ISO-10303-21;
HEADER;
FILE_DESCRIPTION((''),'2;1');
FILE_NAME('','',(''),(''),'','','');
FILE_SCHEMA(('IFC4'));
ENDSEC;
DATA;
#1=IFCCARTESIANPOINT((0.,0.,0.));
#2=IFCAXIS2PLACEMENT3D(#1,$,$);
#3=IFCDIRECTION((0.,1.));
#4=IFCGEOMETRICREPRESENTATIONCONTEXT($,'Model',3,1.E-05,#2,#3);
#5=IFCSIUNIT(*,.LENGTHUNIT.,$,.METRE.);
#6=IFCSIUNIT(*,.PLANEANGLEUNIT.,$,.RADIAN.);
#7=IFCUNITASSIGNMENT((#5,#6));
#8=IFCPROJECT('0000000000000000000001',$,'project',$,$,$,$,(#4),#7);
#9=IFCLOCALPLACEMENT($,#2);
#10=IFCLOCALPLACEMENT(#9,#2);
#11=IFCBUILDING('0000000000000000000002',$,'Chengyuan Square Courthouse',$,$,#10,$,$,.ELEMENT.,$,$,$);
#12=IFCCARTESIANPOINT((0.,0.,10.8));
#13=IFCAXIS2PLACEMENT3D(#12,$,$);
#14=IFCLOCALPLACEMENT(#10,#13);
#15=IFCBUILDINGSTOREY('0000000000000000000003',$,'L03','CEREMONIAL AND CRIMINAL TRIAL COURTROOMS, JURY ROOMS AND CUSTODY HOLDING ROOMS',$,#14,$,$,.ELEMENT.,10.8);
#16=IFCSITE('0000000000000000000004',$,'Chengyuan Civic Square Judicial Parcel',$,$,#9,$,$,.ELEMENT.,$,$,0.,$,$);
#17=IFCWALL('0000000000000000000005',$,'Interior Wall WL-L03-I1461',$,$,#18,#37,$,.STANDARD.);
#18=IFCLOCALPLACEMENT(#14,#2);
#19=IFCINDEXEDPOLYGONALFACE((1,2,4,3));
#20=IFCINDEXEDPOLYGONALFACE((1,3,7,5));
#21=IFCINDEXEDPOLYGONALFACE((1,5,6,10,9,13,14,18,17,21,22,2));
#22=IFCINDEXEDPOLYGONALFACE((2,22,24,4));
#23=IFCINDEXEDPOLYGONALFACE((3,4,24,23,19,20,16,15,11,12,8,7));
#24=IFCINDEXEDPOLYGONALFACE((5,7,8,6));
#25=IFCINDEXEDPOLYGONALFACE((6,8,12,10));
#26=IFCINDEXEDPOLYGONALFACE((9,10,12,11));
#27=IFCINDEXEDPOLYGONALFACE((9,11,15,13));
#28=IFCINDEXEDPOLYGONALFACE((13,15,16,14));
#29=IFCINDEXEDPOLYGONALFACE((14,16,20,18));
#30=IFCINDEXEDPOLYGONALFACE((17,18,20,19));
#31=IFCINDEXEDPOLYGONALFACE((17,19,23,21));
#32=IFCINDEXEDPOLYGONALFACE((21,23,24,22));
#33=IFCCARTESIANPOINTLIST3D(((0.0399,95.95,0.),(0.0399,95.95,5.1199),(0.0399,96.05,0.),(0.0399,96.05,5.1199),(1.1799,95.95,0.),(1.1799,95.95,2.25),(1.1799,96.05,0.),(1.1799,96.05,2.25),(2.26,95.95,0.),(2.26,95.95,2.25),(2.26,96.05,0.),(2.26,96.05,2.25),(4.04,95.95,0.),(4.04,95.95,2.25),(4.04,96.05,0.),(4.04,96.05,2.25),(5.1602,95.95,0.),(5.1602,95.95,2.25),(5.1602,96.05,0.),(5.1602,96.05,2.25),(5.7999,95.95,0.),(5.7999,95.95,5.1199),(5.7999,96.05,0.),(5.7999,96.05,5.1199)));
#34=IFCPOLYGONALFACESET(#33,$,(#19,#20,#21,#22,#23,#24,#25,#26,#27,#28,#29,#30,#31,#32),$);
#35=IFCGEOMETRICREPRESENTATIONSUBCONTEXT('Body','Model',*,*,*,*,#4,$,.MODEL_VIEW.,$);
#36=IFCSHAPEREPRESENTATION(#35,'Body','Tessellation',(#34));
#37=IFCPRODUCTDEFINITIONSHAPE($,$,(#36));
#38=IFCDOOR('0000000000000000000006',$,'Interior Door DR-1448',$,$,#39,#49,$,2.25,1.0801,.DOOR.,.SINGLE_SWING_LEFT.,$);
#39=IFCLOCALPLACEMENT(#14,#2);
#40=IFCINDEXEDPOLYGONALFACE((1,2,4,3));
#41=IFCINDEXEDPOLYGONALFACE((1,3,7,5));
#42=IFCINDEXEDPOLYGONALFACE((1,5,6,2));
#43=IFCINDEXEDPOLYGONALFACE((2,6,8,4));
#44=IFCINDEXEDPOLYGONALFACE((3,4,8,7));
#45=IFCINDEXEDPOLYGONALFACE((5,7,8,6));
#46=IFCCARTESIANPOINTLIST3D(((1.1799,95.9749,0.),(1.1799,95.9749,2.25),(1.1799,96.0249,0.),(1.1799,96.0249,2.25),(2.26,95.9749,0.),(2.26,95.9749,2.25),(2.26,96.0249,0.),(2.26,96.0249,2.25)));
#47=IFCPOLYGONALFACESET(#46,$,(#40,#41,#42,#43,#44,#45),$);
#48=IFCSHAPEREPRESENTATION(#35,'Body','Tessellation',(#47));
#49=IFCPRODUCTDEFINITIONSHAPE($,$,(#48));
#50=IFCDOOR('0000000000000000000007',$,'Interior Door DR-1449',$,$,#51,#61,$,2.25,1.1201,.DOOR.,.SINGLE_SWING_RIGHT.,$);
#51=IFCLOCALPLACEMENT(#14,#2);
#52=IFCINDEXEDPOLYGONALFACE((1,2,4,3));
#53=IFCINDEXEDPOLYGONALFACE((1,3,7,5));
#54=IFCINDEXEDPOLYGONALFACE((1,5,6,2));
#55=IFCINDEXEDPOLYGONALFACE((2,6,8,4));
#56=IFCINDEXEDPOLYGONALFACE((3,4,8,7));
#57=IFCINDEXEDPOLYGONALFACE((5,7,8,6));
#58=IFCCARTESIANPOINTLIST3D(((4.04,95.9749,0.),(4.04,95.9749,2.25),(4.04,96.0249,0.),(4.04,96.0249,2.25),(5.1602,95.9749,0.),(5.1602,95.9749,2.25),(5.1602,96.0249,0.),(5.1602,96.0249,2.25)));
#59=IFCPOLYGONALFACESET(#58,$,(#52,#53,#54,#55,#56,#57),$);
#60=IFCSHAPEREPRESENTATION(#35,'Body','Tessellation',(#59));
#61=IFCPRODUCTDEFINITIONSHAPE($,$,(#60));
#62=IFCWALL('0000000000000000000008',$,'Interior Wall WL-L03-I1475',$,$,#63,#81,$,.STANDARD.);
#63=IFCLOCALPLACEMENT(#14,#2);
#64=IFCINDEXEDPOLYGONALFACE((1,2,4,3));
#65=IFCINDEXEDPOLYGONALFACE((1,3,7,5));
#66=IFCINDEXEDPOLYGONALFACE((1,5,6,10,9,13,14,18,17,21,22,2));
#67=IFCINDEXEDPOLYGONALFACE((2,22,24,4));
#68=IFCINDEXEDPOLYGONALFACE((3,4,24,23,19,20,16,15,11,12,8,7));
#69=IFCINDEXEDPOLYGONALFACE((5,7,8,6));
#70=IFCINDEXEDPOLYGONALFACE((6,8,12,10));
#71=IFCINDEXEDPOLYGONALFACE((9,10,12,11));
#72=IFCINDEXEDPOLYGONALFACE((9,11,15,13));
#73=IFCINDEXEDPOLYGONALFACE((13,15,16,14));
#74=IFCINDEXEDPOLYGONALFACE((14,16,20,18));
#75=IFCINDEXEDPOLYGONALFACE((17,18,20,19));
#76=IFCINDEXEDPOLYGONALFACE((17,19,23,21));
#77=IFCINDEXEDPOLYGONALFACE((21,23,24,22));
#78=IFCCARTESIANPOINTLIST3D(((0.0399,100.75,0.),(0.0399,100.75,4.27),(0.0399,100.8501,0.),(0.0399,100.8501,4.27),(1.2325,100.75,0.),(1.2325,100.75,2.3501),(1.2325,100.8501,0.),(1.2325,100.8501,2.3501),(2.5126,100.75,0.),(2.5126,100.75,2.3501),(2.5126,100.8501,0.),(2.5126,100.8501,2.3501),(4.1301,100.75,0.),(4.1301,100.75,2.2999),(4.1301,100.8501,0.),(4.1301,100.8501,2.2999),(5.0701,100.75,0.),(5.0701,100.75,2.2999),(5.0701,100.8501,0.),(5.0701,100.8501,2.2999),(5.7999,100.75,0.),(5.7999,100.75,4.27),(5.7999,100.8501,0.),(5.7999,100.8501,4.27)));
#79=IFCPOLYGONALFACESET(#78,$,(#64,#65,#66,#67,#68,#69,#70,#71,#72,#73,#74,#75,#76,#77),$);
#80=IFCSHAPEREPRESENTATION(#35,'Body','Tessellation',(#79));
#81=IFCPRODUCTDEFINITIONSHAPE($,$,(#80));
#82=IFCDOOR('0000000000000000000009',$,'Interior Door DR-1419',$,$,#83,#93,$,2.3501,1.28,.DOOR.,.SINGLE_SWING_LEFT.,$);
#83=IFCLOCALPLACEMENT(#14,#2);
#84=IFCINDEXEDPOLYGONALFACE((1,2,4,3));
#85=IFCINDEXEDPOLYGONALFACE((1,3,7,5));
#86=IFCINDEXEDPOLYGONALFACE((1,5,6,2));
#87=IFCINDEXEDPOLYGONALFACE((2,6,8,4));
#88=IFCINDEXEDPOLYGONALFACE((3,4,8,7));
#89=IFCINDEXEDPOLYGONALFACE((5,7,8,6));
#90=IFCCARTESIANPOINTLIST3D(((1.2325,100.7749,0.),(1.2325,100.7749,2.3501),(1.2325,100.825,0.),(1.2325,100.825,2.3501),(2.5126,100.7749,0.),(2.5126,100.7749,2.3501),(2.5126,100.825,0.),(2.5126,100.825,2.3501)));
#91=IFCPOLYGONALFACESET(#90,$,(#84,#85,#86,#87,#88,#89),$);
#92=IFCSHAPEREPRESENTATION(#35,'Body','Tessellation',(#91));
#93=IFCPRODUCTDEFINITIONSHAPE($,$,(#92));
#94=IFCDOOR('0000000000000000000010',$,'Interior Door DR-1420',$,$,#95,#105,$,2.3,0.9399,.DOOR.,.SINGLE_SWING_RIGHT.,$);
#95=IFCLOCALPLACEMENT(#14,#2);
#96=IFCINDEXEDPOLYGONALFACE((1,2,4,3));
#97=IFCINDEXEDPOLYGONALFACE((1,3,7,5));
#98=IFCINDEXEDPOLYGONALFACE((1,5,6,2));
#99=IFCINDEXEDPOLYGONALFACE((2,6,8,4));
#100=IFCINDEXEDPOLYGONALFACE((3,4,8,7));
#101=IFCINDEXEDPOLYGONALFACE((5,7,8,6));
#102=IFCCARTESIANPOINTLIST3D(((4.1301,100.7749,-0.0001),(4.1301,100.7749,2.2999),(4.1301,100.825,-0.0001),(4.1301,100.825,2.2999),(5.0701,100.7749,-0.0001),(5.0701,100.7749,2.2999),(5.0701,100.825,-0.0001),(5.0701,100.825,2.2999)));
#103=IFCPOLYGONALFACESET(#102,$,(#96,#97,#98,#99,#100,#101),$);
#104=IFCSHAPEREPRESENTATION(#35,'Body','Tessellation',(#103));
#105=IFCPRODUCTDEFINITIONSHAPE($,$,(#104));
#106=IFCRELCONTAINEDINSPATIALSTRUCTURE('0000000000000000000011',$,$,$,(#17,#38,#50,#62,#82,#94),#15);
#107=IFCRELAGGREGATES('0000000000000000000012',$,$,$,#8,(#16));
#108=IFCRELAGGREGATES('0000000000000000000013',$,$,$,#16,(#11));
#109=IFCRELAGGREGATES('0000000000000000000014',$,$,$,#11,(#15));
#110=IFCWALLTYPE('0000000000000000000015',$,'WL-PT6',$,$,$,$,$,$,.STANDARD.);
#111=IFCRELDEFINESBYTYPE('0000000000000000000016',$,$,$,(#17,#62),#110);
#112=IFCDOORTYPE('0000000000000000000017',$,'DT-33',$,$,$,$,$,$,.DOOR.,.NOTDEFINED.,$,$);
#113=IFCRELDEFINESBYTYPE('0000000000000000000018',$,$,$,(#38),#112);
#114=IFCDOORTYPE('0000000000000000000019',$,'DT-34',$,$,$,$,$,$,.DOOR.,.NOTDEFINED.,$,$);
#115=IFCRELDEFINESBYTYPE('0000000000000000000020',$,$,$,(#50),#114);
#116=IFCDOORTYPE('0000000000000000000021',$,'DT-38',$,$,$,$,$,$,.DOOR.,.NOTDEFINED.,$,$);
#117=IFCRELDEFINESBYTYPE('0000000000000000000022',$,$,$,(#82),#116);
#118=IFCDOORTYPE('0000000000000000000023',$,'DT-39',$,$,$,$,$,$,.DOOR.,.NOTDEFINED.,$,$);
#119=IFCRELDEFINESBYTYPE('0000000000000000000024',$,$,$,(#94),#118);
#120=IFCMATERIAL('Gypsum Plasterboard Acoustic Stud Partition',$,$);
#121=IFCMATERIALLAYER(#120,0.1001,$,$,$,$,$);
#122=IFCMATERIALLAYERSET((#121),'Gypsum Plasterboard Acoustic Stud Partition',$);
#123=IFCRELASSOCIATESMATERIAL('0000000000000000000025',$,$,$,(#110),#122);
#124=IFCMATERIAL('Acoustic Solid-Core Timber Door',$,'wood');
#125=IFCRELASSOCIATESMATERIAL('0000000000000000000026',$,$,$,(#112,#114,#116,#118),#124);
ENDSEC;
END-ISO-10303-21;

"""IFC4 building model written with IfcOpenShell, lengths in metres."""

from ifc_helpers import new_model, si_unit, direction, frame, frame_2d, origin, place, context, subcontext, project, spatial, rectangle, extrude, material, layer, layer_set, type_object, element, fill, save


model = new_model("IFC4")

# Units and contexts
model_context = context("Model", 3, precision=1e-05, world=origin(), true_north=direction((0.0, 1.0)))
body_context = subcontext(model_context, "Body", "Model", "MODEL_VIEW")
ifc_project = project(units=[si_unit("LENGTHUNIT", "METRE"), si_unit("PLANEANGLEUNIT", "RADIAN")], contexts=[model_context])

# Site, building, storey
site_placement = place(None, origin())
site = spatial("IfcSite", under=ifc_project, at=site_placement, Name="Chengyuan Civic Square Judicial Parcel", CompositionType="ELEMENT", RefElevation=0.0)
building_placement = place(site_placement, origin())
building = spatial("IfcBuilding", under=site, at=building_placement, Name="Chengyuan Square Courthouse", CompositionType="ELEMENT")
storey_placement = place(building_placement, frame((0.0, 0.0, 10.8)))
storey = spatial("IfcBuildingStorey", under=building, at=storey_placement, Name="L03", Description="CEREMONIAL AND CRIMINAL TRIAL COURTROOMS, JURY ROOMS AND CUSTODY HOLDING ROOMS", CompositionType="ELEMENT", Elevation=10.8)

# Walls, openings, doors
ifc_material_1 = material(Name="Gypsum Plasterboard Acoustic Stud Partition")
ifc_layer_1 = layer(ifc_material_1, 0.1001)
ifc_layer_set_1 = layer_set([ifc_layer_1], Name="Gypsum Plasterboard Acoustic Stud Partition")
wall_type_1 = type_object("IfcWallType", Name="WL-PT6", PredefinedType="STANDARD", material=ifc_layer_set_1)
wall_1_placement = place(storey_placement, frame((0.04, 96.0, 0.0), z_axis=(0.0, 0.0, 1.0), x_axis=(1.0, 0.0, 0.0)))
wall_1 = element("IfcWall", 1, at=wall_1_placement, inside=storey, type_object=wall_type_1, Name="Interior Wall WL-L03-I1461", PredefinedType="STANDARD", context=body_context, shape_type="SweptSolid", body=[
    extrude(rectangle(XDim=5.76, YDim=0.1001, at=frame_2d((2.8799, 0.0))), origin(), (0.0, 0.0, 1.0), 5.1199),
])
opening_1_placement = place(wall_1_placement, frame((1.1399, 0.0, 0.0)))
opening_1 = element("IfcOpeningElement", 2, at=opening_1_placement, cuts=wall_1, PredefinedType="OPENING", context=body_context, shape_type="SweptSolid", body=[
    extrude(rectangle(XDim=1.0801, YDim=2.25, at=frame_2d((0.54, 1.125))), frame((0.0, 0.062, 0.0), z_axis=(0.0, -1.0, 0.0), x_axis=(1.0, 0.0, 0.0)), (0.0, 0.0, 1.0), 0.124),
])
opening_2_placement = place(wall_1_placement, frame((4.0, 0.0, 0.0)))
opening_2 = element("IfcOpeningElement", 3, at=opening_2_placement, cuts=wall_1, PredefinedType="OPENING", context=body_context, shape_type="SweptSolid", body=[
    extrude(rectangle(XDim=1.1201, YDim=2.25, at=frame_2d((0.5601, 1.125))), frame((0.0, 0.062, 0.0), z_axis=(0.0, -1.0, 0.0), x_axis=(1.0, 0.0, 0.0)), (0.0, 0.0, 1.0), 0.124),
])
ifc_material_2 = material(Name="Acoustic Solid-Core Timber Door", Category="wood")
door_type_1 = type_object("IfcDoorType", Name="DT-33", OperationType="NOTDEFINED", PredefinedType="DOOR", material=ifc_material_2)
door_1_placement = place(opening_1_placement, origin())
door_1 = element("IfcDoor", 4, at=door_1_placement, inside=storey, type_object=door_type_1, Name="Interior Door DR-1448", OperationType="SINGLE_SWING_LEFT", OverallHeight=2.25, OverallWidth=1.0801, PredefinedType="DOOR", context=body_context, shape_type="SweptSolid", body=[
    extrude(rectangle(XDim=1.0801, YDim=2.25, at=frame_2d((0.54, 1.125))), frame((0.0, 0.0249, 0.0), z_axis=(0.0, -1.0, 0.0), x_axis=(1.0, 0.0, 0.0)), (0.0, 0.0, 1.0), 0.05),
])
fill(opening_1, door_1)
door_type_2 = type_object("IfcDoorType", Name="DT-34", OperationType="NOTDEFINED", PredefinedType="DOOR", material=ifc_material_2)
door_2_placement = place(opening_2_placement, origin())
door_2 = element("IfcDoor", 5, at=door_2_placement, inside=storey, type_object=door_type_2, Name="Interior Door DR-1449", OperationType="SINGLE_SWING_RIGHT", OverallHeight=2.25, OverallWidth=1.1201, PredefinedType="DOOR", context=body_context, shape_type="SweptSolid", body=[
    extrude(rectangle(XDim=1.1201, YDim=2.25, at=frame_2d((0.5601, 1.125))), frame((0.0, 0.0249, 0.0), z_axis=(0.0, -1.0, 0.0), x_axis=(1.0, 0.0, 0.0)), (0.0, 0.0, 1.0), 0.05),
])
fill(opening_2, door_2)
wall_2_placement = place(storey_placement, frame((0.04, 100.8, 0.0), z_axis=(0.0, 0.0, 1.0), x_axis=(1.0, 0.0, 0.0)))
wall_2 = element("IfcWall", 6, at=wall_2_placement, inside=storey, type_object=wall_type_1, Name="Interior Wall WL-L03-I1475", PredefinedType="STANDARD", context=body_context, shape_type="SweptSolid", body=[
    extrude(rectangle(XDim=5.76, YDim=0.1001, at=frame_2d((2.8799, 0.0))), origin(), (0.0, 0.0, 1.0), 4.27),
])
opening_3_placement = place(wall_2_placement, frame((1.1924, 0.0, 0.0)))
opening_3 = element("IfcOpeningElement", 7, at=opening_3_placement, cuts=wall_2, PredefinedType="OPENING", context=body_context, shape_type="SweptSolid", body=[
    extrude(rectangle(XDim=1.28, YDim=2.3501, at=frame_2d((0.6401, 1.175))), frame((0.0, 0.062, 0.0), z_axis=(0.0, -1.0, 0.0), x_axis=(1.0, 0.0, 0.0)), (0.0, 0.0, 1.0), 0.124),
])
opening_4_placement = place(wall_2_placement, frame((4.0901, 0.0, 0.0)))
opening_4 = element("IfcOpeningElement", 8, at=opening_4_placement, cuts=wall_2, PredefinedType="OPENING", context=body_context, shape_type="SweptSolid", body=[
    extrude(rectangle(XDim=0.9399, YDim=2.3, at=frame_2d((0.47, 1.1499))), frame((0.0, 0.062, 0.0), z_axis=(0.0, -1.0, 0.0), x_axis=(1.0, 0.0, 0.0)), (0.0, 0.0, 1.0), 0.124),
])
door_type_3 = type_object("IfcDoorType", Name="DT-38", OperationType="NOTDEFINED", PredefinedType="DOOR", material=ifc_material_2)
door_3_placement = place(opening_3_placement, origin())
door_3 = element("IfcDoor", 9, at=door_3_placement, inside=storey, type_object=door_type_3, Name="Interior Door DR-1419", OperationType="SINGLE_SWING_LEFT", OverallHeight=2.3501, OverallWidth=1.28, PredefinedType="DOOR", context=body_context, shape_type="SweptSolid", body=[
    extrude(rectangle(XDim=1.28, YDim=2.3501, at=frame_2d((0.6401, 1.175))), frame((0.0, 0.0249, 0.0), z_axis=(0.0, -1.0, 0.0), x_axis=(1.0, 0.0, 0.0)), (0.0, 0.0, 1.0), 0.05),
])
fill(opening_3, door_3)
door_type_4 = type_object("IfcDoorType", Name="DT-39", OperationType="NOTDEFINED", PredefinedType="DOOR", material=ifc_material_2)
door_4_placement = place(opening_4_placement, origin())
door_4 = element("IfcDoor", 10, at=door_4_placement, inside=storey, type_object=door_type_4, Name="Interior Door DR-1420", OperationType="SINGLE_SWING_RIGHT", OverallHeight=2.3, OverallWidth=0.9399, PredefinedType="DOOR", context=body_context, shape_type="SweptSolid", body=[
    extrude(rectangle(XDim=0.9399, YDim=2.3, at=frame_2d((0.47, 1.1499))), frame((0.0, 0.0249, 0.0), z_axis=(0.0, -1.0, 0.0), x_axis=(1.0, 0.0, 0.0)), (0.0, 0.0, 1.0), 0.05),
])
fill(opening_4, door_4)

save(model, "model.ifc")
